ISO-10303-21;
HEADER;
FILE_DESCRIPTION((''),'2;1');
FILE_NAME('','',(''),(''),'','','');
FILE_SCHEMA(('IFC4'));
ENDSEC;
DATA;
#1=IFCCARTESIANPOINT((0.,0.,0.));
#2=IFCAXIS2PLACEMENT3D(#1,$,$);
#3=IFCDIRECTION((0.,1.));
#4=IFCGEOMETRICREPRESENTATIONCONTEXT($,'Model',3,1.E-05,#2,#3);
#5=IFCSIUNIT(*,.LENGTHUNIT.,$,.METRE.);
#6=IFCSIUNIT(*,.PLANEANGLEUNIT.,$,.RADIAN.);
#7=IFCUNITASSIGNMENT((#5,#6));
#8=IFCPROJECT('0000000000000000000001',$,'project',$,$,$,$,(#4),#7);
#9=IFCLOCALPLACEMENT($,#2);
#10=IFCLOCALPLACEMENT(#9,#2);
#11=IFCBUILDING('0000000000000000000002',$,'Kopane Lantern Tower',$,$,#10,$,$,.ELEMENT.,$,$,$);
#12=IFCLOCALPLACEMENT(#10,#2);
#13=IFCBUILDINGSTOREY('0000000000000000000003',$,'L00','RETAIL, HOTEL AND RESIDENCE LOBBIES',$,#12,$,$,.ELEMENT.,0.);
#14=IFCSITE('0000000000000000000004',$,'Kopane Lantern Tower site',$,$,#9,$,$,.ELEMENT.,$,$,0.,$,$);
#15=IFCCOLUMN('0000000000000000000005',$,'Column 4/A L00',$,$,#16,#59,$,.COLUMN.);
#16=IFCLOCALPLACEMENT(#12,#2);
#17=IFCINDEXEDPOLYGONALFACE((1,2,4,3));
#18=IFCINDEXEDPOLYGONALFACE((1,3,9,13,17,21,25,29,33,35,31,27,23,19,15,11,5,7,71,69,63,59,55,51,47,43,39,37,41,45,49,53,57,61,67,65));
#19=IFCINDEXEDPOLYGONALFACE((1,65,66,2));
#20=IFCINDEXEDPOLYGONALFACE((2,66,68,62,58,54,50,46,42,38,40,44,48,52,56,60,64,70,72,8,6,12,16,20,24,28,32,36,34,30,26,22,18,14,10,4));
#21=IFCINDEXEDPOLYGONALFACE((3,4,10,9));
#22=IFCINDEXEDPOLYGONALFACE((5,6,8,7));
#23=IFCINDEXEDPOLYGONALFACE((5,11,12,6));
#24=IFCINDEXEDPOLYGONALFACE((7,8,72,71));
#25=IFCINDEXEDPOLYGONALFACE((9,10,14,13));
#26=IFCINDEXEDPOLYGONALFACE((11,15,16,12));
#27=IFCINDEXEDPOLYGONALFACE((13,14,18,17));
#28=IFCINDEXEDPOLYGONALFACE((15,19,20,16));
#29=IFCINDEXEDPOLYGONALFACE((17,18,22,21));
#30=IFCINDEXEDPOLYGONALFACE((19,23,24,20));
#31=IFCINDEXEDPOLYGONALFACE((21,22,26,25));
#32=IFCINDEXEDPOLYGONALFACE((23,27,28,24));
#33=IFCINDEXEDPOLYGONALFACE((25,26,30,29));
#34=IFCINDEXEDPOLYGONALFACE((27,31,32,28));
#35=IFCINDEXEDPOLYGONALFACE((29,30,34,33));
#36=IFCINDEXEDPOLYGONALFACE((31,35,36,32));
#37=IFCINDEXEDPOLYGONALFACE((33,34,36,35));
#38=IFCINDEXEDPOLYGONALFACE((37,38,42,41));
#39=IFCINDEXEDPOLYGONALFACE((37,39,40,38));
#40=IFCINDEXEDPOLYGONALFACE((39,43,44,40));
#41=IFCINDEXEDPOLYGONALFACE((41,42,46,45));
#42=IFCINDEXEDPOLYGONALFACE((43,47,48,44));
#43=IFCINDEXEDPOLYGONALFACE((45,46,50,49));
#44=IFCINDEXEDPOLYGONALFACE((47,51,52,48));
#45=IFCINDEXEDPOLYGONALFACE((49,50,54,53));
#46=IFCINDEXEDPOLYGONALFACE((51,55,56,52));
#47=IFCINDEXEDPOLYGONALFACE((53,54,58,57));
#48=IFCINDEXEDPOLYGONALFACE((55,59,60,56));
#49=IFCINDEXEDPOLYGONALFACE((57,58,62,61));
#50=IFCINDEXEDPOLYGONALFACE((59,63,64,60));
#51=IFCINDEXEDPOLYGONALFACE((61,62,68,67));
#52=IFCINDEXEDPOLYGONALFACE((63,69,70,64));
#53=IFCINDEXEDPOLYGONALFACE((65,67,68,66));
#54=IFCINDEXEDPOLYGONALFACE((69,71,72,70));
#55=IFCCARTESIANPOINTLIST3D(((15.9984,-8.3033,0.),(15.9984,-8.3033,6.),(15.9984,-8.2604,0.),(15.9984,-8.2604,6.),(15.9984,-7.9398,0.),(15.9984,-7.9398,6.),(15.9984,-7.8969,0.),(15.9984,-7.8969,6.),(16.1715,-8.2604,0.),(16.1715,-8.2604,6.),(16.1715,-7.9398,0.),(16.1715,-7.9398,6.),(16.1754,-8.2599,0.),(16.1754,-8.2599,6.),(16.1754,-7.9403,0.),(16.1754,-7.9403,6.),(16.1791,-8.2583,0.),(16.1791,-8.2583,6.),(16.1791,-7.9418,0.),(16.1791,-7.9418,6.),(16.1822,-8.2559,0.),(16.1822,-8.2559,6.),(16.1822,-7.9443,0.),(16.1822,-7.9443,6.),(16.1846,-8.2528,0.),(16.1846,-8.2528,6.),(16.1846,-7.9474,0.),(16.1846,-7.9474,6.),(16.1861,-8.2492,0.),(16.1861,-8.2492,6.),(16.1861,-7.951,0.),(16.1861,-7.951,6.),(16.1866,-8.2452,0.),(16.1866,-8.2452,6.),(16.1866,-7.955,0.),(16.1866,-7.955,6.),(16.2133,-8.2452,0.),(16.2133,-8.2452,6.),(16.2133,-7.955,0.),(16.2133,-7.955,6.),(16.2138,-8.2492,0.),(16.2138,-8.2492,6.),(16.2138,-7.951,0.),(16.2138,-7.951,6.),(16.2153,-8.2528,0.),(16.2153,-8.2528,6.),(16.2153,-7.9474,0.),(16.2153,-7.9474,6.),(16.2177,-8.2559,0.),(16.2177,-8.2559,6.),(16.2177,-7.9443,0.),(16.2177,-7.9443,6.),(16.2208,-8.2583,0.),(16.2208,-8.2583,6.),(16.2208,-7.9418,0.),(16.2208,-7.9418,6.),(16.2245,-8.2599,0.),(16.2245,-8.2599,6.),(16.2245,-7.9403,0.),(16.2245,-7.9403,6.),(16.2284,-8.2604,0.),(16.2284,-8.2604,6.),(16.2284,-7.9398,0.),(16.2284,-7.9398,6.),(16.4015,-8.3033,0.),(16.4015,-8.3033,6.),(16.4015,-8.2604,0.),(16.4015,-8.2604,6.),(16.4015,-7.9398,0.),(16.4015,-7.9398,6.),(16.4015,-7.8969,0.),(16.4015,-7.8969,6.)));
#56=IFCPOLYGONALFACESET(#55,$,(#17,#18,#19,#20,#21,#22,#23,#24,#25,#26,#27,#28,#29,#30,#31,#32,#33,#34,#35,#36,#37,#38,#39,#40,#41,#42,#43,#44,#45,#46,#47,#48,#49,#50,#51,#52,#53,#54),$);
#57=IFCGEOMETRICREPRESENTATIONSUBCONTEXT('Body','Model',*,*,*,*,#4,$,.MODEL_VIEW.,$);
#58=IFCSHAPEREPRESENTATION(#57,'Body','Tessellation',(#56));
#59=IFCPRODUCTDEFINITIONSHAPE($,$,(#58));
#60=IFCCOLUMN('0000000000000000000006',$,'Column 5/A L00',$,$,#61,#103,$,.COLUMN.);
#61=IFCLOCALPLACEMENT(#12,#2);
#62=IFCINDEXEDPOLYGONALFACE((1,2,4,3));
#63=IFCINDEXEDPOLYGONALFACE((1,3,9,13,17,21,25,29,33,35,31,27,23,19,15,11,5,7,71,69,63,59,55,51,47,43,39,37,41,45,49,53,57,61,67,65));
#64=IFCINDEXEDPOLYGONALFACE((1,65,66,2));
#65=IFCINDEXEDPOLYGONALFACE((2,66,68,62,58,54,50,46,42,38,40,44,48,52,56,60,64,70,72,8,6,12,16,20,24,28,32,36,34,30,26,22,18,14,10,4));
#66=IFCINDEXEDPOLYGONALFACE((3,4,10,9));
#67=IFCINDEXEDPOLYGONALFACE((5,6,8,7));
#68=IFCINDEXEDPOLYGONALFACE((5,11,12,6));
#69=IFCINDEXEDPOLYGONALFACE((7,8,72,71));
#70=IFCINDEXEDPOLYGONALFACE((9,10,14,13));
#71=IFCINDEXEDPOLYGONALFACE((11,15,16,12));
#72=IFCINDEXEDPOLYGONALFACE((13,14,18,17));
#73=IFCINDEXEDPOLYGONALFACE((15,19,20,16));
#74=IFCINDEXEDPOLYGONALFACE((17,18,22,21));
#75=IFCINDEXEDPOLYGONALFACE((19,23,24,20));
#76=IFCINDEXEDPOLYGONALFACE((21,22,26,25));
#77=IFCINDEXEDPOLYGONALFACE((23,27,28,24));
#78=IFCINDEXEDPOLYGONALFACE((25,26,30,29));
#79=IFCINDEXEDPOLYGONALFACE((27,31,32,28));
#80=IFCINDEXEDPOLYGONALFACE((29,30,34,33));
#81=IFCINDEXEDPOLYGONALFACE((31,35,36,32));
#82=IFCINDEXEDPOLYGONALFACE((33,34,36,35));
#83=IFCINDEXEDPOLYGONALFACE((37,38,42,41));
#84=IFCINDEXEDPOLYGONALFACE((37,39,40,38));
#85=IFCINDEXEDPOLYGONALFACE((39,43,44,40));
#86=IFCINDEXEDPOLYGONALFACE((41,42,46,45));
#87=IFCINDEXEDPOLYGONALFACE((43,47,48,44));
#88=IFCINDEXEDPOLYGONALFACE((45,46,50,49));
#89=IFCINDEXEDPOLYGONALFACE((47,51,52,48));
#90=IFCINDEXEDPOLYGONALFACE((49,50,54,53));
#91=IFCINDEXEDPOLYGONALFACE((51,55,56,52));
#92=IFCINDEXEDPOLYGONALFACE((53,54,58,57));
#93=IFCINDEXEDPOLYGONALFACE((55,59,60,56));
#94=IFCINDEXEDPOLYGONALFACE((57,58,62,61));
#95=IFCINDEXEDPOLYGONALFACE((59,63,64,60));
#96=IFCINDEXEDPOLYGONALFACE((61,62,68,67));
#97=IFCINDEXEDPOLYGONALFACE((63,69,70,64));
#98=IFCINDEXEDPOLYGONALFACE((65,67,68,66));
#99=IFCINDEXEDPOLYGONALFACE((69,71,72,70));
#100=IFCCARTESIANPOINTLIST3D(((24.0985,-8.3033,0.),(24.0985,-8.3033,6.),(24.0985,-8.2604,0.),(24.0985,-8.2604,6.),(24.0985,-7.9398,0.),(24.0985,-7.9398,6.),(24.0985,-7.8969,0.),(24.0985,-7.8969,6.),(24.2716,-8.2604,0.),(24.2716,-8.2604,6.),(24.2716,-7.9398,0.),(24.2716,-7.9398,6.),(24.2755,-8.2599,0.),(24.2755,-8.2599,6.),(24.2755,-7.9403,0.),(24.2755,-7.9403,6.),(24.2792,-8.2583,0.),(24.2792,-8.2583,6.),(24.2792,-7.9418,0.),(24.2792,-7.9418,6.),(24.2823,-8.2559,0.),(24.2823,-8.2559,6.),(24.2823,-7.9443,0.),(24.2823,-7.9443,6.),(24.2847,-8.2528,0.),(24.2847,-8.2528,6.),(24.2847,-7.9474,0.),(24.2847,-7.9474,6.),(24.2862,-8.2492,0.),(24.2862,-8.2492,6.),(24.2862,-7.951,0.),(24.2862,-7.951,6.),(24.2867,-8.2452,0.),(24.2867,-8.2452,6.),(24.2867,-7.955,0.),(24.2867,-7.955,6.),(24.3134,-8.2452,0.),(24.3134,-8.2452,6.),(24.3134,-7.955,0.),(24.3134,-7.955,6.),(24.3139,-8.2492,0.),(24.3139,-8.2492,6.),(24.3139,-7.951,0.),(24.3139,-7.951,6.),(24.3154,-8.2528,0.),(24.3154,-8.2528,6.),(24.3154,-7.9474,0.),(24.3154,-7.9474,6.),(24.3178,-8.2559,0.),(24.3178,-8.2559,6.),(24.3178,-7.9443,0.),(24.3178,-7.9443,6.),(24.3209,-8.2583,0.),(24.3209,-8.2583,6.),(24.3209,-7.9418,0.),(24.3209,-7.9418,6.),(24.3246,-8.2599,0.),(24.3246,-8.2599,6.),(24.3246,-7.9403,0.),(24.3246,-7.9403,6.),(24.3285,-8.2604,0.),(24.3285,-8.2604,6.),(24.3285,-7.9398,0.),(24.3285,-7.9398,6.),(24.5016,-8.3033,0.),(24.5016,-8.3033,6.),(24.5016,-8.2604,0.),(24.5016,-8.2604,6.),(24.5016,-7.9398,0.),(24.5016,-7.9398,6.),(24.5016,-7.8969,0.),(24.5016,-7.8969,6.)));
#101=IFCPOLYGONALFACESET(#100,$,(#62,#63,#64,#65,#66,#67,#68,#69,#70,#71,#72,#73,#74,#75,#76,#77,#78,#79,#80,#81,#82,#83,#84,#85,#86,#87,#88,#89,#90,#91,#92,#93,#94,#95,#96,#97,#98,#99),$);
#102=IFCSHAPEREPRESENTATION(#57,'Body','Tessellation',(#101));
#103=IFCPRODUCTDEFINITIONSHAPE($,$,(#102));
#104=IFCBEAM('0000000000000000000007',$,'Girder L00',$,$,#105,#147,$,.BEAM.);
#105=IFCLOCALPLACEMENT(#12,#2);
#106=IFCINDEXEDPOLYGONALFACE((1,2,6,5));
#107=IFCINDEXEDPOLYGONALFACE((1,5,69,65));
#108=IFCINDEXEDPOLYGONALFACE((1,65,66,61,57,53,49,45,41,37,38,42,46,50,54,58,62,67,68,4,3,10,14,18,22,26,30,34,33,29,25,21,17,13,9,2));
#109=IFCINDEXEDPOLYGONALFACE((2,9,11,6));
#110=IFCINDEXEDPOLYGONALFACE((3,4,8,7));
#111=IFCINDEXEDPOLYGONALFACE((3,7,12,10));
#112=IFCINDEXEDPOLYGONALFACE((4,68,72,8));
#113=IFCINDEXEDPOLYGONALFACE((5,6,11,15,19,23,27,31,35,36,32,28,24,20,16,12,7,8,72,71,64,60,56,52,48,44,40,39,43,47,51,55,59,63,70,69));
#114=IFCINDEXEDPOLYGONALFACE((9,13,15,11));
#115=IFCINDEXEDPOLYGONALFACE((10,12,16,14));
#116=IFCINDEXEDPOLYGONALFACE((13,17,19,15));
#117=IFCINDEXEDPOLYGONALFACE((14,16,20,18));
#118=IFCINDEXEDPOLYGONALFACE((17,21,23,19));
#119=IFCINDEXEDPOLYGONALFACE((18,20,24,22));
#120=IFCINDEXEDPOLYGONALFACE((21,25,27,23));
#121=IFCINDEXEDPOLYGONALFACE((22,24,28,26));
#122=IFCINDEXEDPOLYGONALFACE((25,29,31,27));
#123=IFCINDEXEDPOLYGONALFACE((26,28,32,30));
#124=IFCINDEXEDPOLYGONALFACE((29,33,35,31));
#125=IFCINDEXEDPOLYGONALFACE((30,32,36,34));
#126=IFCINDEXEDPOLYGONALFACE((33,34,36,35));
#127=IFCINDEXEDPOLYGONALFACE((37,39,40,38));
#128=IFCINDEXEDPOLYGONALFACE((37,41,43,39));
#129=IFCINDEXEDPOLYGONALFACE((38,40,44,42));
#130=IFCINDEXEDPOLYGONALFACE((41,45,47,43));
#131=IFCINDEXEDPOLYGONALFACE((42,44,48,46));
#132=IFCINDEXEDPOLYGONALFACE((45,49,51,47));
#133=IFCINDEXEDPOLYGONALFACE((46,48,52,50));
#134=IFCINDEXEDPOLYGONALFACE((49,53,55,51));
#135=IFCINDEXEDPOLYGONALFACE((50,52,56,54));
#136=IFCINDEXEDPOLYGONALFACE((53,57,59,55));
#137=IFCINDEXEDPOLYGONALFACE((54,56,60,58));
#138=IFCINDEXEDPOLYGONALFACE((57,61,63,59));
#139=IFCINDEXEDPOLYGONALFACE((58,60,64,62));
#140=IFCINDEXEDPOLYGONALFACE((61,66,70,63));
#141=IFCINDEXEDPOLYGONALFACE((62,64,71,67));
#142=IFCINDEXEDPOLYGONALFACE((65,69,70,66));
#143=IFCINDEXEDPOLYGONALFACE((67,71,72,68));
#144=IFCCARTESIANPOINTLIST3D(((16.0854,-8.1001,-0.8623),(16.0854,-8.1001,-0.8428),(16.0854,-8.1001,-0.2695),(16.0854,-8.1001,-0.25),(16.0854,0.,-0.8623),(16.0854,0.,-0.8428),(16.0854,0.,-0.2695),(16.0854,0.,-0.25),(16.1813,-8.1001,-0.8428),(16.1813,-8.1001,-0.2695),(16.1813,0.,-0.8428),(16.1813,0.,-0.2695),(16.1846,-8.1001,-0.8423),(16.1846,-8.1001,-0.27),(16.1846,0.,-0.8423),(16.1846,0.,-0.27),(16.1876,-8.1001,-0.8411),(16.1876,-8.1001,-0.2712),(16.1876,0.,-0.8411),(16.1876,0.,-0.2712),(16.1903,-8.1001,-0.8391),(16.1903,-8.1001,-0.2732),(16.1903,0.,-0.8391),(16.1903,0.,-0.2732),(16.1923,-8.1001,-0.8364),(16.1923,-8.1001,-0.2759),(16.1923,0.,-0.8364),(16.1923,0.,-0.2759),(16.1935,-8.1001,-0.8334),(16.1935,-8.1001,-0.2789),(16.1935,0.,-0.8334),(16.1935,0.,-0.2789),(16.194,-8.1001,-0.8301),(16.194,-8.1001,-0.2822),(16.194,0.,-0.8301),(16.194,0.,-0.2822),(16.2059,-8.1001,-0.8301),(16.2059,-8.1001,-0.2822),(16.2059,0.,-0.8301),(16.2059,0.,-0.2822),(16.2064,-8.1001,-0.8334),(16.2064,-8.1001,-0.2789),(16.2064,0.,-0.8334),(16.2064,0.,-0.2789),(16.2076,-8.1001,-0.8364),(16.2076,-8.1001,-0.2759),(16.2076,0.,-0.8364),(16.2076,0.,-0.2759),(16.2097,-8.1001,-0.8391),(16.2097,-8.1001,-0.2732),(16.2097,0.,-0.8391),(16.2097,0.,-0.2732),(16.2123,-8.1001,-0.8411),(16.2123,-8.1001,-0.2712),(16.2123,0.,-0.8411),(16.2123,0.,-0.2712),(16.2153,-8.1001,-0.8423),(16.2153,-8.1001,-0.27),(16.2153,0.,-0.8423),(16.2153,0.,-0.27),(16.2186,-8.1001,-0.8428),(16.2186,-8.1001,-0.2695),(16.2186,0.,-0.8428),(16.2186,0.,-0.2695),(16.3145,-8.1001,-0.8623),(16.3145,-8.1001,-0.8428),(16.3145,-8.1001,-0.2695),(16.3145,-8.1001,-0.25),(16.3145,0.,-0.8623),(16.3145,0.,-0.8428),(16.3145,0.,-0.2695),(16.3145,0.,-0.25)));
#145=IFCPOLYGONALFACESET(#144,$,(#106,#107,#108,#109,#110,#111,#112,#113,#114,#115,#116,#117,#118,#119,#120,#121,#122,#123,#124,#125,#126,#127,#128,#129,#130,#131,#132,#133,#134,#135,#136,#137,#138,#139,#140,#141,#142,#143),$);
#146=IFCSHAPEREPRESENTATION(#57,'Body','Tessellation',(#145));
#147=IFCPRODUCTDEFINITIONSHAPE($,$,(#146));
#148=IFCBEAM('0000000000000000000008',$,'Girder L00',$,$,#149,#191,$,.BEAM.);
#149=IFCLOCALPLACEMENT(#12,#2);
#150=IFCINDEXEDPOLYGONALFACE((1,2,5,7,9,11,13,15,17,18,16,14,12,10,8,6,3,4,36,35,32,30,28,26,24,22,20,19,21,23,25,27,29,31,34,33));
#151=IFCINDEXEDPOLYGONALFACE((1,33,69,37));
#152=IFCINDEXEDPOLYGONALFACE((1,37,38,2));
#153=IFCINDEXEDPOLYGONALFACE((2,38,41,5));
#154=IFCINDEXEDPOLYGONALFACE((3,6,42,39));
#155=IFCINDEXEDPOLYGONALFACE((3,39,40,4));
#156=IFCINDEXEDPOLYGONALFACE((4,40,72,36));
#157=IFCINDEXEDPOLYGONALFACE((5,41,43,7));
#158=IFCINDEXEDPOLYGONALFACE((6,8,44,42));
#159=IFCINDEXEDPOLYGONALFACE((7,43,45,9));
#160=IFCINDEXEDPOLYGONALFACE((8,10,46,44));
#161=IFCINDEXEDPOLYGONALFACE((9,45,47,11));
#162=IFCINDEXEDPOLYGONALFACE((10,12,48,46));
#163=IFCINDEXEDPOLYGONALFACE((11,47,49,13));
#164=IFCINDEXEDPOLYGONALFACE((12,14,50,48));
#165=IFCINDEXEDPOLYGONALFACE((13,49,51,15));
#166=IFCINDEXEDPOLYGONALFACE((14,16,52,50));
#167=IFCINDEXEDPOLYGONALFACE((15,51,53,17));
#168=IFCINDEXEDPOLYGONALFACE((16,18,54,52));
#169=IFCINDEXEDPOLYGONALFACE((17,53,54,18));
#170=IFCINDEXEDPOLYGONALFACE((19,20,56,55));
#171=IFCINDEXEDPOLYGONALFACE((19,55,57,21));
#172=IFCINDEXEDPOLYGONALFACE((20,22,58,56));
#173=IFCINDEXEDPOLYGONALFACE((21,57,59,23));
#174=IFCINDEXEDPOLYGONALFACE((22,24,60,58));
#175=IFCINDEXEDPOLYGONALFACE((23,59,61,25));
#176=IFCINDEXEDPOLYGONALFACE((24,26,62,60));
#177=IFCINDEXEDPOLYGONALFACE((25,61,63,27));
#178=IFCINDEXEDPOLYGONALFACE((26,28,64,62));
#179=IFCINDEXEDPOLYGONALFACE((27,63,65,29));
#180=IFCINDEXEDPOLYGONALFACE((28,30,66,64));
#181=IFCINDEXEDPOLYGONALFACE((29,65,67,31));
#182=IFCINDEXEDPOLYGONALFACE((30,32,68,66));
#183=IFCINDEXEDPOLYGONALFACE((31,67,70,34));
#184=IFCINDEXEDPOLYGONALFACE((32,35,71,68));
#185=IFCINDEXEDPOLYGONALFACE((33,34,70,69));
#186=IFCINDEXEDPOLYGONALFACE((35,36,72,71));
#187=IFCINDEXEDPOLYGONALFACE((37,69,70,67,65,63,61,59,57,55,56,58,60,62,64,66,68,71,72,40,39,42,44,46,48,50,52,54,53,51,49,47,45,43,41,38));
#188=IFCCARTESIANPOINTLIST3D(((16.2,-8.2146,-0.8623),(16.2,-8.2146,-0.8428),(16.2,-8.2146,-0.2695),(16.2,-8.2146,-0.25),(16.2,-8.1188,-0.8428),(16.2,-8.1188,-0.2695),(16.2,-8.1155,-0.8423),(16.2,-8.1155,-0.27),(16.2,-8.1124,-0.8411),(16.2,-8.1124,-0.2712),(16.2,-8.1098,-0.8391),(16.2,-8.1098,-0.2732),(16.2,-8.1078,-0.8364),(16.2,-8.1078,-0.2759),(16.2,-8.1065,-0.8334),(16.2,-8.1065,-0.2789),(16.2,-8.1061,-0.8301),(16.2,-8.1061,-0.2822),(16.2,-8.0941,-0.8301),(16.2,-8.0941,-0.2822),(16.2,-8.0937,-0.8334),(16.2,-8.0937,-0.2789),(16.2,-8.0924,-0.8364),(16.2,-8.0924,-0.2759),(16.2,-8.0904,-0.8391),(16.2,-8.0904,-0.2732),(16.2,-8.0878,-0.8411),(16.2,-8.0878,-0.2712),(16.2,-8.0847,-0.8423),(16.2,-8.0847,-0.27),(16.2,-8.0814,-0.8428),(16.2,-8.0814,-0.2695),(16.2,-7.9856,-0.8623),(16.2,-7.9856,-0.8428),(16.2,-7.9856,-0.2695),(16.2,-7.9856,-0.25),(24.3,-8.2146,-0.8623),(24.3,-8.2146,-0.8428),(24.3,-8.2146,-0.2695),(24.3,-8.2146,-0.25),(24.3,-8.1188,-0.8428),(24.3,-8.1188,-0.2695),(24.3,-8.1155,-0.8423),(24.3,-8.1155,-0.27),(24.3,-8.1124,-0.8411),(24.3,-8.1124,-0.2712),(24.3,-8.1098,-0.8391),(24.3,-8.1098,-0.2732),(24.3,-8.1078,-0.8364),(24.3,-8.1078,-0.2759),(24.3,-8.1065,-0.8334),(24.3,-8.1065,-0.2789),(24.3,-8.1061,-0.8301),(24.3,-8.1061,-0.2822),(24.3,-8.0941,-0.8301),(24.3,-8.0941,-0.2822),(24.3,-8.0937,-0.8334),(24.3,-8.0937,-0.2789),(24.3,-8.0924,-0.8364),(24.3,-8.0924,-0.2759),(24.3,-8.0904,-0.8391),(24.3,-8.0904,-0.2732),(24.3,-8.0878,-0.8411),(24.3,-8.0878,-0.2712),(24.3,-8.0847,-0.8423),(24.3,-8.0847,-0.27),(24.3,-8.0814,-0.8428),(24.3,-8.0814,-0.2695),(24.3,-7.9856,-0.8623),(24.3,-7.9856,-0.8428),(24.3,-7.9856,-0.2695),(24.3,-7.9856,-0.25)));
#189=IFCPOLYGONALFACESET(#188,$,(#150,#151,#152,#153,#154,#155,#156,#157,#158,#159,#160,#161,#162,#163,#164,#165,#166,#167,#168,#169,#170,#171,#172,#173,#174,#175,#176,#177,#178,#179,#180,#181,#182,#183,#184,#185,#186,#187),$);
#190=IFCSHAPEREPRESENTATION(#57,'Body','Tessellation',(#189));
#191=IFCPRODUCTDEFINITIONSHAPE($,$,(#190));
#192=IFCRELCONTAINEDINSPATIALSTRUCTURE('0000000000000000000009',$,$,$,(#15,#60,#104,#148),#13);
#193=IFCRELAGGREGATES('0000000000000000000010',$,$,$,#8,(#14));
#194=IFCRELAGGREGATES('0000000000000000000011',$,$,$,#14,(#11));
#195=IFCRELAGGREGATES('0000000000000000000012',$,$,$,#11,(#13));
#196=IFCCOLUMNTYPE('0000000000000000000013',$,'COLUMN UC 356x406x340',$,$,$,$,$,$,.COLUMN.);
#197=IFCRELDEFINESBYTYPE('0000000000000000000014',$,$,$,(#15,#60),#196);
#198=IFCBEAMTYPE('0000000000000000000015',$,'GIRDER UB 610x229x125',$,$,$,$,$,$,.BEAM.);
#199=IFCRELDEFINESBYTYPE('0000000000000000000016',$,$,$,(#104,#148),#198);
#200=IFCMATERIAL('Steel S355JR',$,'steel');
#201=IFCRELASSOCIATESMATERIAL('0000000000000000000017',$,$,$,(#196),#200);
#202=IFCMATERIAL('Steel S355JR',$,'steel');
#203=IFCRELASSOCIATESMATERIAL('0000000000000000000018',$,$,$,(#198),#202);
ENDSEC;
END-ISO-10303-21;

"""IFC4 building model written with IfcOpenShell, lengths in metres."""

from ifc_helpers import new_model, si_unit, direction, frame, origin, origin_2d, place, context, subcontext, project, spatial, i_section, extrude, material, material_profile, profile_set, type_object, element, save


model = new_model("IFC4")

# Units and contexts
model_context = context("Model", 3, precision=1e-05, world=origin(), true_north=direction((0.0, 1.0)))
body_context = subcontext(model_context, "Body", "Model", "MODEL_VIEW")
ifc_project = project(units=[si_unit("LENGTHUNIT", "METRE"), si_unit("PLANEANGLEUNIT", "RADIAN")], contexts=[model_context])

# Site, building, storey
site_placement = place(None, origin())
site = spatial("IfcSite", under=ifc_project, at=site_placement, Name="Kopane Lantern Tower site", CompositionType="ELEMENT", RefElevation=0.0)
building_placement = place(site_placement, origin())
building = spatial("IfcBuilding", under=site, at=building_placement, Name="Kopane Lantern Tower", CompositionType="ELEMENT")
storey_placement = place(building_placement, origin())
storey = spatial("IfcBuildingStorey", under=building, at=storey_placement, Name="L00", Description="RETAIL, HOTEL AND RESIDENCE LOBBIES", CompositionType="ELEMENT", Elevation=0.0)

# Columns
ifc_material_1 = material(Name="Steel S355JR", Category="steel")
ifc_material_profile_1 = material_profile(ifc_material_1, i_section(OverallWidth=0.4031, OverallDepth=0.4065, WebThickness=0.0266, FlangeThickness=0.043, FilletRadius=0.0151, at=origin_2d()), Name="UC 356x406x340")
ifc_profile_set_1 = profile_set([ifc_material_profile_1], Name="Steel S355JR")
column_type = type_object("IfcColumnType", Name="COLUMN UC 356x406x340", PredefinedType="COLUMN", material=ifc_profile_set_1)
for number, where, z_axis, x_axis, name in (
    (1, (16.2, -8.1001, 0.0), (0.0, 0.0, 1.0), (1.0, 0.0, 0.0), "Column 4/A L00"),
    (2, (24.3, -8.1001, 0.0), (0.0, 0.0, 1.0), (1.0, 0.0, 0.0), "Column 5/A L00"),
):
    element("IfcColumn", number, at=place(storey_placement, frame(where, z_axis=z_axis, x_axis=x_axis)), inside=storey, type_object=column_type, Name=name, PredefinedType="COLUMN", context=body_context, shape_type="SweptSolid", body=[
        extrude(i_section(OverallWidth=0.4031, OverallDepth=0.4065, WebThickness=0.0266, FlangeThickness=0.043, FilletRadius=0.0151, at=origin_2d()), origin(), (0.0, 0.0, 1.0), 6.0),
    ])

# Beams
ifc_material_2 = material(Name="Steel S355JR", Category="steel")
ifc_material_profile_2 = material_profile(ifc_material_2, i_section(OverallWidth=0.229, OverallDepth=0.6123, WebThickness=0.012, FlangeThickness=0.0195, FilletRadius=0.0127, at=origin_2d()), Name="UB 610x229x125")
ifc_profile_set_2 = profile_set([ifc_material_profile_2], Name="Steel S355JR")
beam_type = type_object("IfcBeamType", Name="GIRDER UB 610x229x125", PredefinedType="BEAM", material=ifc_profile_set_2)
for number, where, z_axis, x_axis, name in (
    (3, (16.2, -8.1001, -0.5562), (0.0, 1.0, 0.0), (-1.0, 0.0, 0.0), "Girder L00"),
    (4, (16.2, -8.1001, -0.5562), (1.0, 0.0, 0.0), (0.0, 1.0, 0.0), "Girder L00"),
):
    element("IfcBeam", number, at=place(storey_placement, frame(where, z_axis=z_axis, x_axis=x_axis)), inside=storey, type_object=beam_type, Name=name, PredefinedType="BEAM", context=body_context, shape_type="SweptSolid", body=[
        extrude(i_section(OverallWidth=0.229, OverallDepth=0.6123, WebThickness=0.012, FlangeThickness=0.0195, FilletRadius=0.0127, at=origin_2d()), origin(), (0.0, 0.0, 1.0), 8.1001),
    ])

save(model, "model.ifc")
